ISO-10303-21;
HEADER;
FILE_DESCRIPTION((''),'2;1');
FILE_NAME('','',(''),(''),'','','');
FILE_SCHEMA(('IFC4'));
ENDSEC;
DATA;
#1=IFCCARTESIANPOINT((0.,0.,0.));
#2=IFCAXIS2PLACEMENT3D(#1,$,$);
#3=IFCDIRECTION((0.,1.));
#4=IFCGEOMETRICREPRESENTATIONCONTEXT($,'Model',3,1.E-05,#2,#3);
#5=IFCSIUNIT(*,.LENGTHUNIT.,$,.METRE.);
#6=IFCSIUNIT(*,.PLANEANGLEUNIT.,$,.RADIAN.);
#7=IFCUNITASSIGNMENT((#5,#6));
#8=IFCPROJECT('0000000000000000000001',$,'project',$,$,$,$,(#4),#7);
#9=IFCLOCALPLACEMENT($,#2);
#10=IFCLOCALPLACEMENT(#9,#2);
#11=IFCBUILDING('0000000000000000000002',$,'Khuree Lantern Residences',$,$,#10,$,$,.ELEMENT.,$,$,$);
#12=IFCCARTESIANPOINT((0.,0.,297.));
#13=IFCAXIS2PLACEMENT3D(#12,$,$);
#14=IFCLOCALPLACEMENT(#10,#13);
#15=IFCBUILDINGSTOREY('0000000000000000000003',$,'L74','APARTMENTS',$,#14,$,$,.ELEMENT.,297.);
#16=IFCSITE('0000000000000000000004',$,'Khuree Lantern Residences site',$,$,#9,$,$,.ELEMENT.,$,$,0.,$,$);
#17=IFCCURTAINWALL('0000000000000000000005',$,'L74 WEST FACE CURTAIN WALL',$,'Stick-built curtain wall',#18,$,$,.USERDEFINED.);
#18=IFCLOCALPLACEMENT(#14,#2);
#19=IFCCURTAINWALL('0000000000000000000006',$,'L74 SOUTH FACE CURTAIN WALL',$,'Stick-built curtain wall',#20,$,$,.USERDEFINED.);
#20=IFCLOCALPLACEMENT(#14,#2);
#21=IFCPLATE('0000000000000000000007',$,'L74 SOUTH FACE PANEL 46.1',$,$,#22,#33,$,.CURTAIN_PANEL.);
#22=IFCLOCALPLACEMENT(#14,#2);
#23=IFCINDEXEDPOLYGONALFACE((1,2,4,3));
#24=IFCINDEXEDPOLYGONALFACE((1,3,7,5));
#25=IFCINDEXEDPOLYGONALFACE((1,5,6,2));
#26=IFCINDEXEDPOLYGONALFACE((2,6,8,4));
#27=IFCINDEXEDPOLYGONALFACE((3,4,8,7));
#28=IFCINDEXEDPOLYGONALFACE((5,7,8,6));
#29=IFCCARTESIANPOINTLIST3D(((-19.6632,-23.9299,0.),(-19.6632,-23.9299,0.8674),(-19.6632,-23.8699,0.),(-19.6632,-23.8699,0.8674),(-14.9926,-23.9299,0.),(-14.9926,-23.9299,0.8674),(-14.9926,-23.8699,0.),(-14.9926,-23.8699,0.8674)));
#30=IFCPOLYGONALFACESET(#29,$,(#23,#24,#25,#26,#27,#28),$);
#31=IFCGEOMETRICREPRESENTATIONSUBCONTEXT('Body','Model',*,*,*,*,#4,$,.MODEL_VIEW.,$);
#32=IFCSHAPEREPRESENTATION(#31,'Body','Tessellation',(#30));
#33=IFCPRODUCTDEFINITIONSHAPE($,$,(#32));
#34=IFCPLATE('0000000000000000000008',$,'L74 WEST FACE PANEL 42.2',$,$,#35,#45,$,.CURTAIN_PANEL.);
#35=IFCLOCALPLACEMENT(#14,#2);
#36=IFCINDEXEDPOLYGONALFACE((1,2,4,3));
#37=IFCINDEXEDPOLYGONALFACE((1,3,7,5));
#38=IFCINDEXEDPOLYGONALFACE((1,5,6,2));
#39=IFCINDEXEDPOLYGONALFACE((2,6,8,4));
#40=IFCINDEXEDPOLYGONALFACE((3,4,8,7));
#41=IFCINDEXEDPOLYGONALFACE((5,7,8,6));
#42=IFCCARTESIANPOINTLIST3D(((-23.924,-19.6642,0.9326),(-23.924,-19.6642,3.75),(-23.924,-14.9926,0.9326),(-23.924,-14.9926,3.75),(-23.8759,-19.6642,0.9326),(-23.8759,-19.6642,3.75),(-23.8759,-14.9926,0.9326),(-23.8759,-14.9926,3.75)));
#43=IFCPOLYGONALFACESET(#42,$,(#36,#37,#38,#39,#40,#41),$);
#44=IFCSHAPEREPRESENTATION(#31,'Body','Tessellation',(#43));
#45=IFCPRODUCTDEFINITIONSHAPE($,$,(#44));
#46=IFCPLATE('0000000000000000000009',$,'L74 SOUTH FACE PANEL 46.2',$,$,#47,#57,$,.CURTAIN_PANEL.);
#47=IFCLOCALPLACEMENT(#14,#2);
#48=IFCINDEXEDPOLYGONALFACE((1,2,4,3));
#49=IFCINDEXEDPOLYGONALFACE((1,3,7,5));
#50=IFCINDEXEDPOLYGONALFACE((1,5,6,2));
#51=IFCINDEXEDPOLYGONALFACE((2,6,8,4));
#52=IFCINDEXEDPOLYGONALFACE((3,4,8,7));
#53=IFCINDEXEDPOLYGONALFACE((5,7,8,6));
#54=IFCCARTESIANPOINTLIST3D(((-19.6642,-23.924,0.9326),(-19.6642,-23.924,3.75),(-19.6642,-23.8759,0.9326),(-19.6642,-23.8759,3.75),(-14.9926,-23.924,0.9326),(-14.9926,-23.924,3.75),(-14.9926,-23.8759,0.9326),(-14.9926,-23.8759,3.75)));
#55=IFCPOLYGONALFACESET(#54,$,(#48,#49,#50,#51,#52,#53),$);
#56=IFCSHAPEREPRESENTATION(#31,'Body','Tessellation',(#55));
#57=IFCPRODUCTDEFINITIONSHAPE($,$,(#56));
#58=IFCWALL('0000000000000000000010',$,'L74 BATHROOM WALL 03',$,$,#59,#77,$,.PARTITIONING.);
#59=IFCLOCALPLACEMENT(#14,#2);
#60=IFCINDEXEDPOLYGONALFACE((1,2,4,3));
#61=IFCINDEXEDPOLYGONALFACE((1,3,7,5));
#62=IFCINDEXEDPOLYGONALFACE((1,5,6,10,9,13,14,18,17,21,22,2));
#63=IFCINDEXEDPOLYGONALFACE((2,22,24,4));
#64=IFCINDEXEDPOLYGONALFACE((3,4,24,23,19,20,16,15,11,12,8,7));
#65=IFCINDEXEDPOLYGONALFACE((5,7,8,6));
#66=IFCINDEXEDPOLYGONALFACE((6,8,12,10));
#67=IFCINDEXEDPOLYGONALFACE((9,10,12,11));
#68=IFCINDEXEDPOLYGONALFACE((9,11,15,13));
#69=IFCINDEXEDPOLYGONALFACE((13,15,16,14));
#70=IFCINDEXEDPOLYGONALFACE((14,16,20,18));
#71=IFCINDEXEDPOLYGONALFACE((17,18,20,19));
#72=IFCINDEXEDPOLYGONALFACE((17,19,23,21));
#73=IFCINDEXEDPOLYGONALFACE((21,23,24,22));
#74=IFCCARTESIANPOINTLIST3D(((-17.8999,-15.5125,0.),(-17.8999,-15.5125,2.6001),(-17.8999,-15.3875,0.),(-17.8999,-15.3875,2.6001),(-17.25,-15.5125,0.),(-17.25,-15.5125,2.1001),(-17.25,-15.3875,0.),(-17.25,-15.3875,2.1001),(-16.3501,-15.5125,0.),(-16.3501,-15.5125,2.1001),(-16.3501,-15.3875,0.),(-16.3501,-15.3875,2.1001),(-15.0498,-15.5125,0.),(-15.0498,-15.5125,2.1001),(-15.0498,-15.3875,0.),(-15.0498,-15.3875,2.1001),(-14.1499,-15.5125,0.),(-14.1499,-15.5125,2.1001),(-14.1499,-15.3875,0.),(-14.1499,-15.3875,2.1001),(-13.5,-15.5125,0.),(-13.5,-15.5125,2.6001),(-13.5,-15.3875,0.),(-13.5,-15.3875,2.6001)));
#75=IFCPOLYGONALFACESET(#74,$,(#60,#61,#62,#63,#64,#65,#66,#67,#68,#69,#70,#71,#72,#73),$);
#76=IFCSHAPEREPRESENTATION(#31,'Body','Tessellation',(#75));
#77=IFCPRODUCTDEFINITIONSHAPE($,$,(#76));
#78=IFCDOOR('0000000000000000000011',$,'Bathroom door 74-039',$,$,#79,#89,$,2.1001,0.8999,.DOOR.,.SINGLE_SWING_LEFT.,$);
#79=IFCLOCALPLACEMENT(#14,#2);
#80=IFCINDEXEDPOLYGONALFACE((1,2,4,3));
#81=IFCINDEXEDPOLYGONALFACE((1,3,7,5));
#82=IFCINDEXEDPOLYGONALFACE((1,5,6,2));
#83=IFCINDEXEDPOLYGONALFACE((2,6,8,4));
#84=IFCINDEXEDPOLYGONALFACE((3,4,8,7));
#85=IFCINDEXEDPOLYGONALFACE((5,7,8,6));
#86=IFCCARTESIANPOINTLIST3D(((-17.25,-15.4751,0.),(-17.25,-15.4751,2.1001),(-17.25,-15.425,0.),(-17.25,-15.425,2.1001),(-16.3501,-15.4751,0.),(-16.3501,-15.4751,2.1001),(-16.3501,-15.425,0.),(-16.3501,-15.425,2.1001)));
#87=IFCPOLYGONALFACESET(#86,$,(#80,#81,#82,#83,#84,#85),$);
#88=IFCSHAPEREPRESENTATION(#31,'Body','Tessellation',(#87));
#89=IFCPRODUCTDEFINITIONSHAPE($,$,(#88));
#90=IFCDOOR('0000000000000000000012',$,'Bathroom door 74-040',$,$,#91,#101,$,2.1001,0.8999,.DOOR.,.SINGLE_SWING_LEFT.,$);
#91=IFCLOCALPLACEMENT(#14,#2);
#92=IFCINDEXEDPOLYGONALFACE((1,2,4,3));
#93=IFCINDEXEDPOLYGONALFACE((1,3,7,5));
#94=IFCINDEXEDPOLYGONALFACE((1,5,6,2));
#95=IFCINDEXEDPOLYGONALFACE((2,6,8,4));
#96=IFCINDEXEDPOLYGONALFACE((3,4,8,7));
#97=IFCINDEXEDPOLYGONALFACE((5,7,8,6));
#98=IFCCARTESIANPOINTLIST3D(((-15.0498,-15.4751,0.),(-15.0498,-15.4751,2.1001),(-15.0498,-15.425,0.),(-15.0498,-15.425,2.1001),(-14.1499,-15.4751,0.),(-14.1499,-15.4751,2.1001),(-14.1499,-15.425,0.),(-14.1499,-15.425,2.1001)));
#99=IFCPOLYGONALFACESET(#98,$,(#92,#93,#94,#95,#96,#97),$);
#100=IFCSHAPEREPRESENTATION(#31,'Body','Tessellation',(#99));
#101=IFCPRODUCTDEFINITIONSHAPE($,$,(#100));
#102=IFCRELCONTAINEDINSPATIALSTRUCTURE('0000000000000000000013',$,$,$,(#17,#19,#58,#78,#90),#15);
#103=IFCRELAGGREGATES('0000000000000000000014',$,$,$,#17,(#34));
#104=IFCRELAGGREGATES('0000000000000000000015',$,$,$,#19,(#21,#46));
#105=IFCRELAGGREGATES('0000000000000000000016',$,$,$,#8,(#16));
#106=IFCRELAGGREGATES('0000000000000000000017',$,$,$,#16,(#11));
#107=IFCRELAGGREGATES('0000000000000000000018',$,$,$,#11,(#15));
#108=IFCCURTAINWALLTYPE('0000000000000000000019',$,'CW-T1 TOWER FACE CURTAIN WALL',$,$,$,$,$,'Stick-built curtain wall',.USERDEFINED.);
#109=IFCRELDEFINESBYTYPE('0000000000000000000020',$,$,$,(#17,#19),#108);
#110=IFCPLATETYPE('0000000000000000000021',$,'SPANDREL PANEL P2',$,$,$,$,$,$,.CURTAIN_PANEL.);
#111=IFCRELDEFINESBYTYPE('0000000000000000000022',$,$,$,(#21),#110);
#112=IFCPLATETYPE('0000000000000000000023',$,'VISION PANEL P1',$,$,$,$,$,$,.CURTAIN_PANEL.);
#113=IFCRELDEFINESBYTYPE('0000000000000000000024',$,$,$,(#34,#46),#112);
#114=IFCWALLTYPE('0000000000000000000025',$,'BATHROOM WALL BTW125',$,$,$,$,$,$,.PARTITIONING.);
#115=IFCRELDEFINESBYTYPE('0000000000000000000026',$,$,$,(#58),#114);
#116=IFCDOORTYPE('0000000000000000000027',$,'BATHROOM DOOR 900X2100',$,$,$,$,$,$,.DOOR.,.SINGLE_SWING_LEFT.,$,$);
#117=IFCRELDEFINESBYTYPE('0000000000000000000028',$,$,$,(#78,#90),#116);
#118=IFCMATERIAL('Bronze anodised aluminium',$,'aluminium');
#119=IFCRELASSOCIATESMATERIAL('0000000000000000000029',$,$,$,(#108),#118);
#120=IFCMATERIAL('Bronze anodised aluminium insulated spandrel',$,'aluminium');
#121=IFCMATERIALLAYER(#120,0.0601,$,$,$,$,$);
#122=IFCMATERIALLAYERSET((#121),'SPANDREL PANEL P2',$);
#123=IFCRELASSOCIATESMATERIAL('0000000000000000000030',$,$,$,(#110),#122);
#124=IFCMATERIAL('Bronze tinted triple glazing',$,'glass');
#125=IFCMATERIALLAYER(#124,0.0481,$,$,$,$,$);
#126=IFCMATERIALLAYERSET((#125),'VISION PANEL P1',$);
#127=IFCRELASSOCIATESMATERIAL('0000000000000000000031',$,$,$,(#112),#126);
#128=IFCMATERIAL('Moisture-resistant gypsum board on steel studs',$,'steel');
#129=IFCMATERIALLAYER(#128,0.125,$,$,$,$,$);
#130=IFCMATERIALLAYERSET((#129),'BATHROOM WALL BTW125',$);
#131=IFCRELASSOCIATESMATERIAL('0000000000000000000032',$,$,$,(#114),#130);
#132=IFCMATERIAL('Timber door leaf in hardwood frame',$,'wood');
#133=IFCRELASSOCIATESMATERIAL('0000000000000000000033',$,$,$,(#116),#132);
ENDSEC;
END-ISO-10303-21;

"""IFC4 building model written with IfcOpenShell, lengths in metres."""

from ifc_helpers import new_model, si_unit, direction, frame, frame_2d, origin, origin_2d, place, context, subcontext, project, spatial, rectangle, extrude, material, layer, layer_set, type_object, element, fill, aggregate, save


model = new_model("IFC4")

# Units and contexts
model_context = context("Model", 3, precision=1e-05, world=origin(), true_north=direction((0.0, 1.0)))
body_context = subcontext(model_context, "Body", "Model", "MODEL_VIEW")
ifc_project = project(units=[si_unit("LENGTHUNIT", "METRE"), si_unit("PLANEANGLEUNIT", "RADIAN")], contexts=[model_context])

# Site, building, storey
site_placement = place(None, origin())
site = spatial("IfcSite", under=ifc_project, at=site_placement, Name="Khuree Lantern Residences site", CompositionType="ELEMENT", RefElevation=0.0)
building_placement = place(site_placement, origin())
building = spatial("IfcBuilding", under=site, at=building_placement, Name="Khuree Lantern Residences", CompositionType="ELEMENT")
storey_placement = place(building_placement, frame((0.0, 0.0, 297.0)))
storey = spatial("IfcBuildingStorey", under=building, at=storey_placement, Name="L74", Description="APARTMENTS", CompositionType="ELEMENT", Elevation=297.0)

# Shared definitions
ifc_material_1 = material(Name="Bronze anodised aluminium", Category="aluminium")

# Curtain wall
curtain_wall_type_1 = type_object("IfcCurtainWallType", Name="CW-T1 TOWER FACE CURTAIN WALL", ElementType="Stick-built curtain wall", PredefinedType="USERDEFINED", material=ifc_material_1)
curtain_wall_1_placement = place(storey_placement, origin())
curtain_wall_1 = element("IfcCurtainWall", 1, at=curtain_wall_1_placement, inside=storey, type_object=curtain_wall_type_1, Name="L74 WEST FACE CURTAIN WALL", ObjectType="Stick-built curtain wall", PredefinedType="USERDEFINED")

# Curtain wall
curtain_wall_2_placement = place(storey_placement, origin())
curtain_wall_2 = element("IfcCurtainWall", 2, at=curtain_wall_2_placement, inside=storey, type_object=curtain_wall_type_1, Name="L74 SOUTH FACE CURTAIN WALL", ObjectType="Stick-built curtain wall", PredefinedType="USERDEFINED")

# Plates
ifc_material_2 = material(Name="Bronze tinted triple glazing", Category="glass")
ifc_material_3 = material(Name="Bronze anodised aluminium insulated spandrel", Category="aluminium")
ifc_layer_1 = layer(ifc_material_3, 0.0601)
ifc_layer_set_1 = layer_set([ifc_layer_1], Name="SPANDREL PANEL P2")
plate_type_1 = type_object("IfcPlateType", Name="SPANDREL PANEL P2", PredefinedType="CURTAIN_PANEL", material=ifc_layer_set_1)
plate_1_placement = place(storey_placement, frame((-17.3279, -23.8999, 0.0), z_axis=(0.0, 0.0, 1.0), x_axis=(1.0, 0.0, 0.0)))
plate_1 = element("IfcPlate", 3, at=plate_1_placement, type_object=plate_type_1, Name="L74 SOUTH FACE PANEL 46.1", PredefinedType="CURTAIN_PANEL", context=body_context, shape_type="SweptSolid", body=[
    extrude(rectangle(XDim=4.6707, YDim=0.0601, at=origin_2d()), origin(), (0.0, 0.0, 1.0), 0.8674),
])
ifc_layer_2 = layer(ifc_material_2, 0.0481)
ifc_layer_set_2 = layer_set([ifc_layer_2], Name="VISION PANEL P1")
plate_type_2 = type_object("IfcPlateType", Name="VISION PANEL P1", PredefinedType="CURTAIN_PANEL", material=ifc_layer_set_2)
plate_2_placement = place(storey_placement, frame((-23.8999, -17.3284, 0.9326), z_axis=(0.0, 0.0, 1.0), x_axis=(0.0, -1.0, 0.0)))
plate_2 = element("IfcPlate", 4, at=plate_2_placement, type_object=plate_type_2, Name="L74 WEST FACE PANEL 42.2", PredefinedType="CURTAIN_PANEL", context=body_context, shape_type="SweptSolid", body=[
    extrude(rectangle(XDim=4.6716, YDim=0.0481, at=origin_2d()), origin(), (0.0, 0.0, 1.0), 2.8174),
])
aggregate(curtain_wall_1, [plate_2])
plate_3_placement = place(storey_placement, frame((-17.3284, -23.8999, 0.9326), z_axis=(0.0, 0.0, 1.0), x_axis=(1.0, 0.0, 0.0)))
plate_3 = element("IfcPlate", 5, at=plate_3_placement, type_object=plate_type_2, Name="L74 SOUTH FACE PANEL 46.2", PredefinedType="CURTAIN_PANEL", context=body_context, shape_type="SweptSolid", body=[
    extrude(rectangle(XDim=4.6716, YDim=0.0481, at=origin_2d()), origin(), (0.0, 0.0, 1.0), 2.8174),
])
aggregate(curtain_wall_2, [plate_1, plate_3])

# Wall, openings, doors
ifc_material_4 = material(Name="Moisture-resistant gypsum board on steel studs", Category="steel")
ifc_layer_3 = layer(ifc_material_4, 0.125)
ifc_layer_set_3 = layer_set([ifc_layer_3], Name="BATHROOM WALL BTW125")
wall_type = type_object("IfcWallType", Name="BATHROOM WALL BTW125", PredefinedType="PARTITIONING", material=ifc_layer_set_3)
wall_placement = place(storey_placement, frame((-17.8999, -15.45, 0.0), z_axis=(0.0, 0.0, 1.0), x_axis=(1.0, 0.0, 0.0)))
wall = element("IfcWall", 6, at=wall_placement, inside=storey, type_object=wall_type, Name="L74 BATHROOM WALL 03", PredefinedType="PARTITIONING", context=body_context, shape_type="SweptSolid", body=[
    extrude(rectangle(XDim=4.3999, YDim=0.125, at=frame_2d((2.2, 0.0))), origin(), (0.0, 0.0, 1.0), 2.6001),
])
opening_1_placement = place(wall_placement, frame((0.6499, 0.0, 0.0)))
opening_1 = element("IfcOpeningElement", 7, at=opening_1_placement, cuts=wall, PredefinedType="OPENING", context=body_context, shape_type="SweptSolid", body=[
    extrude(rectangle(XDim=0.8999, YDim=2.1001, at=frame_2d((0.45, 1.05))), frame((0.0, 0.0725, 0.0), z_axis=(0.0, -1.0, 0.0), x_axis=(1.0, 0.0, 0.0)), (0.0, 0.0, 1.0), 0.145),
])
opening_2_placement = place(wall_placement, frame((2.8501, 0.0, 0.0)))
opening_2 = element("IfcOpeningElement", 8, at=opening_2_placement, cuts=wall, PredefinedType="OPENING", context=body_context, shape_type="SweptSolid", body=[
    extrude(rectangle(XDim=0.8999, YDim=2.1001, at=frame_2d((0.45, 1.05))), frame((0.0, 0.0725, 0.0), z_axis=(0.0, -1.0, 0.0), x_axis=(1.0, 0.0, 0.0)), (0.0, 0.0, 1.0), 0.145),
])
ifc_material_5 = material(Name="Timber door leaf in hardwood frame", Category="wood")
door_type = type_object("IfcDoorType", Name="BATHROOM DOOR 900X2100", OperationType="SINGLE_SWING_LEFT", PredefinedType="DOOR", material=ifc_material_5)
door_1_placement = place(opening_1_placement, origin())
door_1 = element("IfcDoor", 9, at=door_1_placement, inside=storey, type_object=door_type, Name="Bathroom door 74-039", OperationType="SINGLE_SWING_LEFT", OverallHeight=2.1001, OverallWidth=0.8999, PredefinedType="DOOR", context=body_context, shape_type="SweptSolid", body=[
    extrude(rectangle(XDim=0.8999, YDim=2.1001, at=frame_2d((0.45, 1.05))), frame((0.0, 0.0249, 0.0), z_axis=(0.0, -1.0, 0.0), x_axis=(1.0, 0.0, 0.0)), (0.0, 0.0, 1.0), 0.05),
])
fill(opening_1, door_1)
door_2_placement = place(opening_2_placement, origin())
door_2 = element("IfcDoor", 10, at=door_2_placement, inside=storey, type_object=door_type, Name="Bathroom door 74-040", OperationType="SINGLE_SWING_LEFT", OverallHeight=2.1001, OverallWidth=0.8999, PredefinedType="DOOR", context=body_context, shape_type="SweptSolid", body=[
    extrude(rectangle(XDim=0.8999, YDim=2.1001, at=frame_2d((0.45, 1.05))), frame((0.0, 0.0249, 0.0), z_axis=(0.0, -1.0, 0.0), x_axis=(1.0, 0.0, 0.0)), (0.0, 0.0, 1.0), 0.05),
])
fill(opening_2, door_2)

save(model, "model.ifc")
